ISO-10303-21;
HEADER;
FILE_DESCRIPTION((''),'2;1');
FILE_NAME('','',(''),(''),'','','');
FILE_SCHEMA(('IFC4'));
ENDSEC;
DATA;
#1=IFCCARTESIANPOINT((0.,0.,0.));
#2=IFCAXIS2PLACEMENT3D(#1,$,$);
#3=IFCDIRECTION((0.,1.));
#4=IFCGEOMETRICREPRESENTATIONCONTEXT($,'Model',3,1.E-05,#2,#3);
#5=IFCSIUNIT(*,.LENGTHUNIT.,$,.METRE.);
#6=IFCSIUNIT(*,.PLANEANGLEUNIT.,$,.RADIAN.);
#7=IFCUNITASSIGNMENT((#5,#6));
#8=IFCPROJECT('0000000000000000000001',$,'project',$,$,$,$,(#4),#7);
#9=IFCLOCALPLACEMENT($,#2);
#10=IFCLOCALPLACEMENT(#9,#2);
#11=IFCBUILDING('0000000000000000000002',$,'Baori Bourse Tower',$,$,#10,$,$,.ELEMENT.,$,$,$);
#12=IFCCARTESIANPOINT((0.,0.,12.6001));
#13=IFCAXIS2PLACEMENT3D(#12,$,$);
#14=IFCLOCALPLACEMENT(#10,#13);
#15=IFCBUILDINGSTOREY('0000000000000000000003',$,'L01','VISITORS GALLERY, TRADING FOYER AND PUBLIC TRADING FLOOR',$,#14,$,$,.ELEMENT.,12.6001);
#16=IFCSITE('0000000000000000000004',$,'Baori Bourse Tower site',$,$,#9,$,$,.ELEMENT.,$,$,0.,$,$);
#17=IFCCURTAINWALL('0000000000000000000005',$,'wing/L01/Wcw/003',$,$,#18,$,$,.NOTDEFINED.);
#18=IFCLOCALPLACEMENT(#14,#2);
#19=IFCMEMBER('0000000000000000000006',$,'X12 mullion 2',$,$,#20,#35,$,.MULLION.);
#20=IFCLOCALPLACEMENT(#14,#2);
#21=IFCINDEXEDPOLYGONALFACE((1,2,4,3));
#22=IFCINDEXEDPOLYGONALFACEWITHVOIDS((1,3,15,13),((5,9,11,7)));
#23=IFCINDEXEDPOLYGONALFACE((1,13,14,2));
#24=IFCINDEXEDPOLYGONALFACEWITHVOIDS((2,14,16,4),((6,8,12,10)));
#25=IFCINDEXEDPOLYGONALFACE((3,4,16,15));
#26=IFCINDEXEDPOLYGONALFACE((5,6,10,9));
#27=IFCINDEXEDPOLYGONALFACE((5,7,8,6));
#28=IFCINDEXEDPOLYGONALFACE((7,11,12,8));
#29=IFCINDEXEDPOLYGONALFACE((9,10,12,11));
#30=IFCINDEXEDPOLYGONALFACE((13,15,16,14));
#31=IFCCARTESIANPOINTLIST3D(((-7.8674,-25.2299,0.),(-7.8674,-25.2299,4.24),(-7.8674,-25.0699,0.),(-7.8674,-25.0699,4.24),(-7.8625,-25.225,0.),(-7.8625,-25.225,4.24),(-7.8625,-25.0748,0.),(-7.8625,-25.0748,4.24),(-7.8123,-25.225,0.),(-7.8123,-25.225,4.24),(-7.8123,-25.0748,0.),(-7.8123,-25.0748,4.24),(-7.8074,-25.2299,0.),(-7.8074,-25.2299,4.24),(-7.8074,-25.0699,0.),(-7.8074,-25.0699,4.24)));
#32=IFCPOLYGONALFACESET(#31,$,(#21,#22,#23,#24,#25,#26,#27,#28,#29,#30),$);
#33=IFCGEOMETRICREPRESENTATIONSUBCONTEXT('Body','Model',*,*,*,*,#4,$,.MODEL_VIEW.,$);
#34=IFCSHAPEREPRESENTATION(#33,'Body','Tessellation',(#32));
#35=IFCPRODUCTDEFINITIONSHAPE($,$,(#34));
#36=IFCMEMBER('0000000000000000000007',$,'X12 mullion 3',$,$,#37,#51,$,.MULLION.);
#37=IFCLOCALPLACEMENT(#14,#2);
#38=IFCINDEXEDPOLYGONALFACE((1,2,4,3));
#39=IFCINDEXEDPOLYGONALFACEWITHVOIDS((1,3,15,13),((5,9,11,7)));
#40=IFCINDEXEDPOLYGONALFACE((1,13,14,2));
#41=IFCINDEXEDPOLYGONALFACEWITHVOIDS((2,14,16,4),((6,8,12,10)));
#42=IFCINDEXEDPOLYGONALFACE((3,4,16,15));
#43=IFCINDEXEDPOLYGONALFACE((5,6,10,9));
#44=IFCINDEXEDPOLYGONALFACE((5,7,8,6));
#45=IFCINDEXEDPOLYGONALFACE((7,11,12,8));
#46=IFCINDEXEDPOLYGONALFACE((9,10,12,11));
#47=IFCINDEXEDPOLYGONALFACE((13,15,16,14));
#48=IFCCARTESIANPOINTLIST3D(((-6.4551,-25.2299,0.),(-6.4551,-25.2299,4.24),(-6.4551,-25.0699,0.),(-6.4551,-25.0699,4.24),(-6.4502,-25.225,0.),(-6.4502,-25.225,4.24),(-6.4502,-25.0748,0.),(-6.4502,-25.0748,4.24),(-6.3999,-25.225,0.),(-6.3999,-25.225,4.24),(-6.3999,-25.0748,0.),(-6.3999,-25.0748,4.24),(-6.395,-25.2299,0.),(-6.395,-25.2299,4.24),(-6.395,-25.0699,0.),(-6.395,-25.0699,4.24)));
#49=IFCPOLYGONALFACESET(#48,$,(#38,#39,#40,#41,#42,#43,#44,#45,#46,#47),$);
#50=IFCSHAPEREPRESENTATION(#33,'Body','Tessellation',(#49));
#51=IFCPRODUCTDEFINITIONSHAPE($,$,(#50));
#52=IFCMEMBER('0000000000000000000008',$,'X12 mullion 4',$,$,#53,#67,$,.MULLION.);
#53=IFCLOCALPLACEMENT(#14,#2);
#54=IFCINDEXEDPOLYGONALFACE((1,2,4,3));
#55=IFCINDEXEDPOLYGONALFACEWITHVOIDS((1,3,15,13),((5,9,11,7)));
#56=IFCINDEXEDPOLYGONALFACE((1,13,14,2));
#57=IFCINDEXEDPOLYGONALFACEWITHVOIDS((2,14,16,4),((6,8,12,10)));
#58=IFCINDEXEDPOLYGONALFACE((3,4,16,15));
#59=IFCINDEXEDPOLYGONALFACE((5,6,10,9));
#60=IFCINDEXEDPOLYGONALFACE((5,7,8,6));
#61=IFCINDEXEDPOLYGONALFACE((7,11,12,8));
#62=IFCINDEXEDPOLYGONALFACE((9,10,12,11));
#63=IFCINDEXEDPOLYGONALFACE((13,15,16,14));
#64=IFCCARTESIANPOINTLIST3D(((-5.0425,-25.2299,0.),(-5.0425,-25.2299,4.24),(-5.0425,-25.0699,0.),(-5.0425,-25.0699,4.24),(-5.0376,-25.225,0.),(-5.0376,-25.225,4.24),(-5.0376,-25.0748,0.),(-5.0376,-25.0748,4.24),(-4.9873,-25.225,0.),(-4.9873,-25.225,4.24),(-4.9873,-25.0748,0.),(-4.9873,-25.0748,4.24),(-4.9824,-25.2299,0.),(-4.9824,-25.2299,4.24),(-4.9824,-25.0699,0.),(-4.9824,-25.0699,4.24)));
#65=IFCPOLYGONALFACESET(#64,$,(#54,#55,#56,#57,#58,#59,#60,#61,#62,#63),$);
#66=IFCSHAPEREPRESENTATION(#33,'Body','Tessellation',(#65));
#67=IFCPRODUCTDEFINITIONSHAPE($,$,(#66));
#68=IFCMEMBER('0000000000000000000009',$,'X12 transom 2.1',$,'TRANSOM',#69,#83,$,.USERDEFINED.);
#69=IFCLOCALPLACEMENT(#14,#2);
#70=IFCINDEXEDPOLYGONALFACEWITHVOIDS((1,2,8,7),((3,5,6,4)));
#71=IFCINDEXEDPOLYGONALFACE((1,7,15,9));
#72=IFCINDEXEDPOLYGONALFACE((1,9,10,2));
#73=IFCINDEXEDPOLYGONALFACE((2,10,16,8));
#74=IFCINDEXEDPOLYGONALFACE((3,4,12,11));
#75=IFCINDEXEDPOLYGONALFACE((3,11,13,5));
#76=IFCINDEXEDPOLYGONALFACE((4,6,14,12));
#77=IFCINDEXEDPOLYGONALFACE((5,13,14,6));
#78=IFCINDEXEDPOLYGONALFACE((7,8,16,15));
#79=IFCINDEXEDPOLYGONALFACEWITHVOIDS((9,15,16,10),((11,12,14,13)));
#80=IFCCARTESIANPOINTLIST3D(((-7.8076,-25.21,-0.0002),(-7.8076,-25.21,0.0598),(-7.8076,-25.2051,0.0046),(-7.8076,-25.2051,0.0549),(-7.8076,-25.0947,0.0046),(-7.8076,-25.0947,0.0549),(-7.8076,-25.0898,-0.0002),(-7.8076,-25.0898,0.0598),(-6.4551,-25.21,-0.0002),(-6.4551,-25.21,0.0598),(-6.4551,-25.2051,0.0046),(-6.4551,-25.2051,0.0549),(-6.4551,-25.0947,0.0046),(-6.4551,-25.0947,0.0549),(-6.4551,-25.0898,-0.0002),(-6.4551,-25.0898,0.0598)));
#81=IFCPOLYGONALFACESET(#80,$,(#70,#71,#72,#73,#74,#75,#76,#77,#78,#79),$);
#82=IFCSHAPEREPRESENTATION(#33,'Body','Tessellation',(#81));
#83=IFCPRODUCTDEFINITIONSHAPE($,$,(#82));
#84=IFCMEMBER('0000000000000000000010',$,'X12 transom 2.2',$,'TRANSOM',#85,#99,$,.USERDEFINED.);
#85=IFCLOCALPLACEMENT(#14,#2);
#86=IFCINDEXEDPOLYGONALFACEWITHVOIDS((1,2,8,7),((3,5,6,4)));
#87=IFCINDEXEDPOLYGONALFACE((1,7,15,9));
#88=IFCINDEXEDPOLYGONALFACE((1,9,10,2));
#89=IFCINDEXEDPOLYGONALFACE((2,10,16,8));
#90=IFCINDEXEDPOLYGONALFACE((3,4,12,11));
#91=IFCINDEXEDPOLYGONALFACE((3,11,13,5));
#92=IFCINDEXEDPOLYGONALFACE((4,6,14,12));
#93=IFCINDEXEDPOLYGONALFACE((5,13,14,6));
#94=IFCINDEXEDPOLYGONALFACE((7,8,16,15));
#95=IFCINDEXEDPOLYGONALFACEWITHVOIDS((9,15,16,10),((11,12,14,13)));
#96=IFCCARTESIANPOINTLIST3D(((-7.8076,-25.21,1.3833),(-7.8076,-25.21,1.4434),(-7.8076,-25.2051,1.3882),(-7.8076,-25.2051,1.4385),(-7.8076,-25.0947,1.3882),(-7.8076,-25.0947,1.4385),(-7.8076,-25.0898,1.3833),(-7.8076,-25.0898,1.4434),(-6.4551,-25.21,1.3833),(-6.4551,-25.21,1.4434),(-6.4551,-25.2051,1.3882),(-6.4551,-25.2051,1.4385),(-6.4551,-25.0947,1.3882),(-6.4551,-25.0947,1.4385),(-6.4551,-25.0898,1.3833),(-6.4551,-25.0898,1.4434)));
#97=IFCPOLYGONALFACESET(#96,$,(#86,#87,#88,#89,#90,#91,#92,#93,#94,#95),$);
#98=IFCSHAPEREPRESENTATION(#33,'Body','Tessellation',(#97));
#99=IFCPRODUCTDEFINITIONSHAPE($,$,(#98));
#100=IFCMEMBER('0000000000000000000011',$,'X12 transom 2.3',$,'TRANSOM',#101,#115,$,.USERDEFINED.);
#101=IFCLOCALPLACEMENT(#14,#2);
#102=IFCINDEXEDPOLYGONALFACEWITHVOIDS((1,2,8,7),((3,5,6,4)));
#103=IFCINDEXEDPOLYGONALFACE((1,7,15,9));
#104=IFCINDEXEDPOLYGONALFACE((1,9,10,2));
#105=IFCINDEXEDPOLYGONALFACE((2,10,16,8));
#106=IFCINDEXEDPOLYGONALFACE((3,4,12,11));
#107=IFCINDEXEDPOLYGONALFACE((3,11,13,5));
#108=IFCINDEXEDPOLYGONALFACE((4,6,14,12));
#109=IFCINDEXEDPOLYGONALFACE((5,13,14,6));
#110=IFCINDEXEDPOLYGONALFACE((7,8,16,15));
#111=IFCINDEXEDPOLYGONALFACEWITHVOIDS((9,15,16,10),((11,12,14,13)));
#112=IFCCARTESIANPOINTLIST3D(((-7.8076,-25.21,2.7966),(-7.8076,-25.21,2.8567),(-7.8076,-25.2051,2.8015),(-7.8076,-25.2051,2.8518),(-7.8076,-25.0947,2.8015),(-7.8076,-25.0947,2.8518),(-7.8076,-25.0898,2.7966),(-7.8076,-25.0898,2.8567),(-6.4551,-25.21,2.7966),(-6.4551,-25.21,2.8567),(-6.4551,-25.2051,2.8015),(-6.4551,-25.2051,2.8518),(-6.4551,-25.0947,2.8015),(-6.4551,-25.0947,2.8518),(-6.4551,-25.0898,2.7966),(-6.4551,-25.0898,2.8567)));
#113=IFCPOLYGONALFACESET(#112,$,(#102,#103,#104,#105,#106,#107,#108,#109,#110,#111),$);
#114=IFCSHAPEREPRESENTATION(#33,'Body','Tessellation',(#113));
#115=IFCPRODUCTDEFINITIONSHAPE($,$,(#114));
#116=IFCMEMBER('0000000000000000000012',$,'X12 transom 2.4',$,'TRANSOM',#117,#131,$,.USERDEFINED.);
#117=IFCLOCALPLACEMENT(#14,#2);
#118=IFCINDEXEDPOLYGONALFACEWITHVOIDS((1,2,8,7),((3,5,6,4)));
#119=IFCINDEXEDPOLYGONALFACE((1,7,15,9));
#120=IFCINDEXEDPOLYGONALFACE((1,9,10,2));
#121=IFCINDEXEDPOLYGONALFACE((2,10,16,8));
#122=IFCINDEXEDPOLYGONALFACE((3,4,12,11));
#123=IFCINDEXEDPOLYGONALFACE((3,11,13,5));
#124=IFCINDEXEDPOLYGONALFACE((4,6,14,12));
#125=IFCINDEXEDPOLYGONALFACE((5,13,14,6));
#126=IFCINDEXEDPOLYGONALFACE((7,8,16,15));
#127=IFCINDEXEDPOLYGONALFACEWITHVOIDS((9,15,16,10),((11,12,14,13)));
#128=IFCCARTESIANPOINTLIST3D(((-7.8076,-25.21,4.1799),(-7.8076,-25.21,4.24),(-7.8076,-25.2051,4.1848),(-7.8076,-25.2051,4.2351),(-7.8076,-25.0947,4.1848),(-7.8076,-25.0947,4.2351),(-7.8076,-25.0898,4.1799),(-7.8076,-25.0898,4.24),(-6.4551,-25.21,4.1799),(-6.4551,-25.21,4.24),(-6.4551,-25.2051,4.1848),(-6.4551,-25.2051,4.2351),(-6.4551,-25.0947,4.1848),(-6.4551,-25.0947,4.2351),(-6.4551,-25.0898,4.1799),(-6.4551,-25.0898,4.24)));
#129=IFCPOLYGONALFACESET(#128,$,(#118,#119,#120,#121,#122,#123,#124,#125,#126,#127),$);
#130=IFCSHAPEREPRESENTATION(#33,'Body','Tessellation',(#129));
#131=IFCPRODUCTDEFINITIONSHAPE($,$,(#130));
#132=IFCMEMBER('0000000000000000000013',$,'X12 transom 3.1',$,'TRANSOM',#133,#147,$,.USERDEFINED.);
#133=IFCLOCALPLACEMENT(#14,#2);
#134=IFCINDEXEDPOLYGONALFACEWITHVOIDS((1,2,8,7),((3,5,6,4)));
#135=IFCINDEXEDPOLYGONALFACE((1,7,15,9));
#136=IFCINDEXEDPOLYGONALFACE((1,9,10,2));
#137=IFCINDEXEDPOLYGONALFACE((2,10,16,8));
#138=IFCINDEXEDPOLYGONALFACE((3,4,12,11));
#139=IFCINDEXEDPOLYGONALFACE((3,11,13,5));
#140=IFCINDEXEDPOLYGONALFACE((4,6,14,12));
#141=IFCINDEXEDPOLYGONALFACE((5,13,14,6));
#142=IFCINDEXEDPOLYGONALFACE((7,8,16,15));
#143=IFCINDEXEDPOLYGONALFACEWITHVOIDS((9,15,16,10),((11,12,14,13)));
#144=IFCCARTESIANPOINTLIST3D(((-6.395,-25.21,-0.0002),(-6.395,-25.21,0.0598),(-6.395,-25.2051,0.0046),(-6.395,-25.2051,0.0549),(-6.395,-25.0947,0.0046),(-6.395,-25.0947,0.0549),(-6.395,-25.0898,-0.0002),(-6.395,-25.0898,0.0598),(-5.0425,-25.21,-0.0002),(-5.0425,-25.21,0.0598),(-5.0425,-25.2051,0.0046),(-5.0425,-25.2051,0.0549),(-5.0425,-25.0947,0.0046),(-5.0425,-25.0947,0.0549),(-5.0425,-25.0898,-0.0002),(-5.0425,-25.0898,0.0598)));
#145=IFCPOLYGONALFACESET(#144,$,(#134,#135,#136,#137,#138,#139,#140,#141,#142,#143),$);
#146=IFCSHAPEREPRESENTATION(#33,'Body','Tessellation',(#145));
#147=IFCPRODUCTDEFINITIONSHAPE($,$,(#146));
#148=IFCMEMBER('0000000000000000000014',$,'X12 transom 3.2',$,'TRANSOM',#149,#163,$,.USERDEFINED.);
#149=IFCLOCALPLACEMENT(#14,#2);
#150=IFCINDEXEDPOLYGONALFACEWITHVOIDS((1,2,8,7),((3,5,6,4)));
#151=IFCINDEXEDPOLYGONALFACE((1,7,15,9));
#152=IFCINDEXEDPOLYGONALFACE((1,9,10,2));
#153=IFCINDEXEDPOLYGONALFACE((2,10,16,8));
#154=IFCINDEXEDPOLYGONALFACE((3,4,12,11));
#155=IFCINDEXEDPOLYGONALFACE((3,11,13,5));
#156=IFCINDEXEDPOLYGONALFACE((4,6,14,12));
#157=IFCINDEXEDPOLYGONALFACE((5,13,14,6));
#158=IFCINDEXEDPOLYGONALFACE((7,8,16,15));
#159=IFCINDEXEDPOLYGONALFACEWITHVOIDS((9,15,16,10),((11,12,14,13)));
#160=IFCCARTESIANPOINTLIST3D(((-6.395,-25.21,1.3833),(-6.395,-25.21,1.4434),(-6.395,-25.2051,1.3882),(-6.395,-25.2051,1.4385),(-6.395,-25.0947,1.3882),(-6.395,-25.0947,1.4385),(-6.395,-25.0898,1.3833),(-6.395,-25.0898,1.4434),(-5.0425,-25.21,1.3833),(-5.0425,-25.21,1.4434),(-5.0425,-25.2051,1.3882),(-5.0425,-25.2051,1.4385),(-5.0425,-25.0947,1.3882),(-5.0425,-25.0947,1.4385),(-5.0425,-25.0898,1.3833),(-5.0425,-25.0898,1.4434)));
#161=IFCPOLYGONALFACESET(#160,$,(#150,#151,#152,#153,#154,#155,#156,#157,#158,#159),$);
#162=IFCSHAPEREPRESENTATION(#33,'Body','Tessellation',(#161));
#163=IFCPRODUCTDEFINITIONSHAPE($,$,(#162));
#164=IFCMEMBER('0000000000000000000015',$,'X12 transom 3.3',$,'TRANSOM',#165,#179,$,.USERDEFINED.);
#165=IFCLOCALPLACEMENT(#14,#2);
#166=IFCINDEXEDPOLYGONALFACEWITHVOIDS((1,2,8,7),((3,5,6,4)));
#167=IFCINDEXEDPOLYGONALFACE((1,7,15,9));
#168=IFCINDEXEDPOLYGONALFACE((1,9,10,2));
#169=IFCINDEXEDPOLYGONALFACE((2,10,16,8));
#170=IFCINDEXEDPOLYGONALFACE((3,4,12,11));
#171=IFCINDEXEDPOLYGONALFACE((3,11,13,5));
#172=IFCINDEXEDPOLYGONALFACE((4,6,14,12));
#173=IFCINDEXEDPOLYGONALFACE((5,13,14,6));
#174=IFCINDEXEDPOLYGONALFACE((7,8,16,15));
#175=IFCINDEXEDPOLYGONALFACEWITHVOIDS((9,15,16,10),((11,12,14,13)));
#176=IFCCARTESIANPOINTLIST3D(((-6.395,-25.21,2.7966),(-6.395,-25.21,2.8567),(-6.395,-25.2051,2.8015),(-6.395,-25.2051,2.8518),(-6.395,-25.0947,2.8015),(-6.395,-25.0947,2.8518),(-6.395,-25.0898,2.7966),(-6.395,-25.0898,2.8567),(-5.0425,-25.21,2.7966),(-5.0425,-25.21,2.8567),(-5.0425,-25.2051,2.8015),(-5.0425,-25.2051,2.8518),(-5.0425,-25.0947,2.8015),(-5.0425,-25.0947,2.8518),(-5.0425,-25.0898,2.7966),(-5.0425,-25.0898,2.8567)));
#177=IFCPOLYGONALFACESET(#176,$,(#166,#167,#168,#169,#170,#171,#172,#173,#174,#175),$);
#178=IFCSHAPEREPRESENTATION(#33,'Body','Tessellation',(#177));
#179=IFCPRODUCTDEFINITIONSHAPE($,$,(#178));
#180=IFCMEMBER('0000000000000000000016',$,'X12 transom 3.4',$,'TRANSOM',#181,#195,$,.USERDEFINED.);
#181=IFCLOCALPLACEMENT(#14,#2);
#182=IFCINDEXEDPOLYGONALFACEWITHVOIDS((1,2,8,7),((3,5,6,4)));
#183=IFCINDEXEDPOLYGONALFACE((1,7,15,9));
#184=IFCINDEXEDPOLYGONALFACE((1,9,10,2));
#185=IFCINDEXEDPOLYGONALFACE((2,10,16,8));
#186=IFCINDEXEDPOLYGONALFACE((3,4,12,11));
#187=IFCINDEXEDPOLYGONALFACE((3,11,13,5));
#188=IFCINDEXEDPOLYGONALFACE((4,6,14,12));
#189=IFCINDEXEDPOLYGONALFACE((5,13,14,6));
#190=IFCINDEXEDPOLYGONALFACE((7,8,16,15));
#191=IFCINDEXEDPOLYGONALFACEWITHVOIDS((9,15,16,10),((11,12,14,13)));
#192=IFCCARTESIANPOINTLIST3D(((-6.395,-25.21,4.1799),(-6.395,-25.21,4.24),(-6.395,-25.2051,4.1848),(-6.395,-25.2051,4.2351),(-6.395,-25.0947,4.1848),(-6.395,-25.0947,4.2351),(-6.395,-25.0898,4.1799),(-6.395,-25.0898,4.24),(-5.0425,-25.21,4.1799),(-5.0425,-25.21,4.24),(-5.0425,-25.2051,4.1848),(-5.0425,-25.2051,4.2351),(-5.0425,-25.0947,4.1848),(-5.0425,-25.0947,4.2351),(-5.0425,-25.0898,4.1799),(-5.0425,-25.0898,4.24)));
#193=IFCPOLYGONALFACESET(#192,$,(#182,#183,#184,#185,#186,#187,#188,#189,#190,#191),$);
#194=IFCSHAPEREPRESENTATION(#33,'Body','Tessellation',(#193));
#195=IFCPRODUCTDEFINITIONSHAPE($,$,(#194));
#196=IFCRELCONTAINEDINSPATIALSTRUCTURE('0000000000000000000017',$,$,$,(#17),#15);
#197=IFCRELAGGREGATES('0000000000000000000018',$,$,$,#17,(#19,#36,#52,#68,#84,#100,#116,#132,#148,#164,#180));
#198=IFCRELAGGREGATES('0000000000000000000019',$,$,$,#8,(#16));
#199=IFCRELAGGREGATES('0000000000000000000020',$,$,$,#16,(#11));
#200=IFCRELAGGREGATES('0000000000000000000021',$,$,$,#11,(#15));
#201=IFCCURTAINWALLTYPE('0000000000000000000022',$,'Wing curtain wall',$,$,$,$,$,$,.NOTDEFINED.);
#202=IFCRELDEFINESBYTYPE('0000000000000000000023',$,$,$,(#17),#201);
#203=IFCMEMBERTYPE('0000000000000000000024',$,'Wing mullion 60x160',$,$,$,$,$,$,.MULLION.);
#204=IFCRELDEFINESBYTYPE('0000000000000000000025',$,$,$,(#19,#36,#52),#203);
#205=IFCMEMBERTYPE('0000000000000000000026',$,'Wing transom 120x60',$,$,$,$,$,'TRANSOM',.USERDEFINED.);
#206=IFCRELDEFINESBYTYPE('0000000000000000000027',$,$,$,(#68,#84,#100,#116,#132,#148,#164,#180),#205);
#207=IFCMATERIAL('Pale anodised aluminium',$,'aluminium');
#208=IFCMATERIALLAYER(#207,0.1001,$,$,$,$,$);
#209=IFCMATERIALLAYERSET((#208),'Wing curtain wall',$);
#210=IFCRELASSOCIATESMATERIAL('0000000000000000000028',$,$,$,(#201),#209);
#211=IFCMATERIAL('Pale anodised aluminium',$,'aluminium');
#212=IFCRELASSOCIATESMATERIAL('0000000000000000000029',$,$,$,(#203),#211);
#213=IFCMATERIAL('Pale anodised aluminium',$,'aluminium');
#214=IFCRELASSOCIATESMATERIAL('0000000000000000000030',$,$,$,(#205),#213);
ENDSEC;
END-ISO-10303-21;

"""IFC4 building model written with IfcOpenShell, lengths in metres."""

from ifc_helpers import new_model, si_unit, direction, frame, origin, origin_2d, place, context, subcontext, project, spatial, hollow_rectangle, extrude, material, layer, layer_set, material_profile, profile_set, type_object, element, aggregate, save


model = new_model("IFC4")

# Units and contexts
model_context = context("Model", 3, precision=1e-05, world=origin(), true_north=direction((0.0, 1.0)))
body_context = subcontext(model_context, "Body", "Model", "MODEL_VIEW")
ifc_project = project(units=[si_unit("LENGTHUNIT", "METRE"), si_unit("PLANEANGLEUNIT", "RADIAN")], contexts=[model_context])

# Site, building, storey
site_placement = place(None, origin())
site = spatial("IfcSite", under=ifc_project, at=site_placement, Name="Baori Bourse Tower site", CompositionType="ELEMENT", RefElevation=0.0)
building_placement = place(site_placement, origin())
building = spatial("IfcBuilding", under=site, at=building_placement, Name="Baori Bourse Tower", CompositionType="ELEMENT")
storey_placement = place(building_placement, frame((0.0, 0.0, 12.6001)))
storey = spatial("IfcBuildingStorey", under=building, at=storey_placement, Name="L01", Description="VISITORS GALLERY, TRADING FOYER AND PUBLIC TRADING FLOOR", CompositionType="ELEMENT", Elevation=12.6001)

# Curtain wall, members
ifc_material_1 = material(Name="Pale anodised aluminium", Category="aluminium")
ifc_layer_1 = layer(ifc_material_1, 0.1001)
ifc_layer_set_1 = layer_set([ifc_layer_1], Name="Wing curtain wall")
curtain_wall_type = type_object("IfcCurtainWallType", Name="Wing curtain wall", PredefinedType="NOTDEFINED", material=ifc_layer_set_1)
curtain_wall_placement = place(storey_placement, origin())
curtain_wall = element("IfcCurtainWall", 1, at=curtain_wall_placement, inside=storey, type_object=curtain_wall_type, Name="wing/L01/Wcw/003", PredefinedType="NOTDEFINED")
ifc_material_2 = material(Name="Pale anodised aluminium", Category="aluminium")
ifc_material_profile_1 = material_profile(ifc_material_2, hollow_rectangle(XDim=0.1599, YDim=0.0601, WallThickness=0.0049, at=origin_2d()), Name="Mullion 160x60x5")
ifc_profile_set_1 = profile_set([ifc_material_profile_1], Name="Pale anodised aluminium")
member_type_1 = type_object("IfcMemberType", Name="Wing mullion 60x160", PredefinedType="MULLION", material=ifc_profile_set_1)
member_1_placement = place(storey_placement, frame((-7.8374, -25.1499, 0.0), z_axis=(0.0, 0.0, 1.0), x_axis=(0.0, 1.0, 0.0)))
member_1 = element("IfcMember", 2, at=member_1_placement, type_object=member_type_1, Name="X12 mullion 2", PredefinedType="MULLION", context=body_context, shape_type="SweptSolid", body=[
    extrude(hollow_rectangle(XDim=0.1599, YDim=0.0601, WallThickness=0.0049, at=origin_2d()), origin(), (0.0, 0.0, 1.0), 4.24),
])
member_2_placement = place(storey_placement, frame((-6.425, -25.1499, 0.0), z_axis=(0.0, 0.0, 1.0), x_axis=(0.0, 1.0, 0.0)))
member_2 = element("IfcMember", 3, at=member_2_placement, type_object=member_type_1, Name="X12 mullion 3", PredefinedType="MULLION", context=body_context, shape_type="SweptSolid", body=[
    extrude(hollow_rectangle(XDim=0.1599, YDim=0.0601, WallThickness=0.0049, at=origin_2d()), origin(), (0.0, 0.0, 1.0), 4.24),
])
member_3_placement = place(storey_placement, frame((-5.0125, -25.1499, 0.0), z_axis=(0.0, 0.0, 1.0), x_axis=(0.0, 1.0, 0.0)))
member_3 = element("IfcMember", 4, at=member_3_placement, type_object=member_type_1, Name="X12 mullion 4", PredefinedType="MULLION", context=body_context, shape_type="SweptSolid", body=[
    extrude(hollow_rectangle(XDim=0.1599, YDim=0.0601, WallThickness=0.0049, at=origin_2d()), origin(), (0.0, 0.0, 1.0), 4.24),
])
ifc_material_3 = material(Name="Pale anodised aluminium", Category="aluminium")
ifc_material_profile_2 = material_profile(ifc_material_3, hollow_rectangle(XDim=0.1201, YDim=0.0601, WallThickness=0.0049, at=origin_2d()), Name="Transom 120x60x5")
ifc_profile_set_2 = profile_set([ifc_material_profile_2], Name="Pale anodised aluminium")
member_type_2 = type_object("IfcMemberType", Name="Wing transom 120x60", ElementType="TRANSOM", PredefinedType="USERDEFINED", material=ifc_profile_set_2)
member_4_placement = place(storey_placement, frame((-7.8076, -25.1499, 0.0298), z_axis=(1.0, 0.0, 0.0), x_axis=(0.0, 1.0, 0.0)))
member_4 = element("IfcMember", 5, at=member_4_placement, type_object=member_type_2, Name="X12 transom 2.1", ObjectType="TRANSOM", PredefinedType="USERDEFINED", context=body_context, shape_type="SweptSolid", body=[
    extrude(hollow_rectangle(XDim=0.1201, YDim=0.0601, WallThickness=0.0049, at=origin_2d()), origin(), (0.0, 0.0, 1.0), 1.3525),
])
member_5_placement = place(storey_placement, frame((-7.8076, -25.1499, 1.4133), z_axis=(1.0, 0.0, 0.0), x_axis=(0.0, 1.0, 0.0)))
member_5 = element("IfcMember", 6, at=member_5_placement, type_object=member_type_2, Name="X12 transom 2.2", ObjectType="TRANSOM", PredefinedType="USERDEFINED", context=body_context, shape_type="SweptSolid", body=[
    extrude(hollow_rectangle(XDim=0.1201, YDim=0.0601, WallThickness=0.0049, at=origin_2d()), origin(), (0.0, 0.0, 1.0), 1.3525),
])
member_6_placement = place(storey_placement, frame((-7.8076, -25.1499, 2.8267), z_axis=(1.0, 0.0, 0.0), x_axis=(0.0, 1.0, 0.0)))
member_6 = element("IfcMember", 7, at=member_6_placement, type_object=member_type_2, Name="X12 transom 2.3", ObjectType="TRANSOM", PredefinedType="USERDEFINED", context=body_context, shape_type="SweptSolid", body=[
    extrude(hollow_rectangle(XDim=0.1201, YDim=0.0601, WallThickness=0.0049, at=origin_2d()), origin(), (0.0, 0.0, 1.0), 1.3525),
])
member_7_placement = place(storey_placement, frame((-7.8076, -25.1499, 4.21), z_axis=(1.0, 0.0, 0.0), x_axis=(0.0, 1.0, 0.0)))
member_7 = element("IfcMember", 8, at=member_7_placement, type_object=member_type_2, Name="X12 transom 2.4", ObjectType="TRANSOM", PredefinedType="USERDEFINED", context=body_context, shape_type="SweptSolid", body=[
    extrude(hollow_rectangle(XDim=0.1201, YDim=0.0601, WallThickness=0.0049, at=origin_2d()), origin(), (0.0, 0.0, 1.0), 1.3525),
])
member_8_placement = place(storey_placement, frame((-6.395, -25.1499, 0.0298), z_axis=(1.0, 0.0, 0.0), x_axis=(0.0, 1.0, 0.0)))
member_8 = element("IfcMember", 9, at=member_8_placement, type_object=member_type_2, Name="X12 transom 3.1", ObjectType="TRANSOM", PredefinedType="USERDEFINED", context=body_context, shape_type="SweptSolid", body=[
    extrude(hollow_rectangle(XDim=0.1201, YDim=0.0601, WallThickness=0.0049, at=origin_2d()), origin(), (0.0, 0.0, 1.0), 1.3525),
])
member_9_placement = place(storey_placement, frame((-6.395, -25.1499, 1.4133), z_axis=(1.0, 0.0, 0.0), x_axis=(0.0, 1.0, 0.0)))
member_9 = element("IfcMember", 10, at=member_9_placement, type_object=member_type_2, Name="X12 transom 3.2", ObjectType="TRANSOM", PredefinedType="USERDEFINED", context=body_context, shape_type="SweptSolid", body=[
    extrude(hollow_rectangle(XDim=0.1201, YDim=0.0601, WallThickness=0.0049, at=origin_2d()), origin(), (0.0, 0.0, 1.0), 1.3525),
])
member_10_placement = place(storey_placement, frame((-6.395, -25.1499, 2.8267), z_axis=(1.0, 0.0, 0.0), x_axis=(0.0, 1.0, 0.0)))
member_10 = element("IfcMember", 11, at=member_10_placement, type_object=member_type_2, Name="X12 transom 3.3", ObjectType="TRANSOM", PredefinedType="USERDEFINED", context=body_context, shape_type="SweptSolid", body=[
    extrude(hollow_rectangle(XDim=0.1201, YDim=0.0601, WallThickness=0.0049, at=origin_2d()), origin(), (0.0, 0.0, 1.0), 1.3525),
])
member_11_placement = place(storey_placement, frame((-6.395, -25.1499, 4.21), z_axis=(1.0, 0.0, 0.0), x_axis=(0.0, 1.0, 0.0)))
member_11 = element("IfcMember", 12, at=member_11_placement, type_object=member_type_2, Name="X12 transom 3.4", ObjectType="TRANSOM", PredefinedType="USERDEFINED", context=body_context, shape_type="SweptSolid", body=[
    extrude(hollow_rectangle(XDim=0.1201, YDim=0.0601, WallThickness=0.0049, at=origin_2d()), origin(), (0.0, 0.0, 1.0), 1.3525),
])
aggregate(curtain_wall, [member_1, member_2, member_3, member_4, member_5, member_6, member_7, member_8, member_9, member_10, member_11])

save(model, "model.ifc")
